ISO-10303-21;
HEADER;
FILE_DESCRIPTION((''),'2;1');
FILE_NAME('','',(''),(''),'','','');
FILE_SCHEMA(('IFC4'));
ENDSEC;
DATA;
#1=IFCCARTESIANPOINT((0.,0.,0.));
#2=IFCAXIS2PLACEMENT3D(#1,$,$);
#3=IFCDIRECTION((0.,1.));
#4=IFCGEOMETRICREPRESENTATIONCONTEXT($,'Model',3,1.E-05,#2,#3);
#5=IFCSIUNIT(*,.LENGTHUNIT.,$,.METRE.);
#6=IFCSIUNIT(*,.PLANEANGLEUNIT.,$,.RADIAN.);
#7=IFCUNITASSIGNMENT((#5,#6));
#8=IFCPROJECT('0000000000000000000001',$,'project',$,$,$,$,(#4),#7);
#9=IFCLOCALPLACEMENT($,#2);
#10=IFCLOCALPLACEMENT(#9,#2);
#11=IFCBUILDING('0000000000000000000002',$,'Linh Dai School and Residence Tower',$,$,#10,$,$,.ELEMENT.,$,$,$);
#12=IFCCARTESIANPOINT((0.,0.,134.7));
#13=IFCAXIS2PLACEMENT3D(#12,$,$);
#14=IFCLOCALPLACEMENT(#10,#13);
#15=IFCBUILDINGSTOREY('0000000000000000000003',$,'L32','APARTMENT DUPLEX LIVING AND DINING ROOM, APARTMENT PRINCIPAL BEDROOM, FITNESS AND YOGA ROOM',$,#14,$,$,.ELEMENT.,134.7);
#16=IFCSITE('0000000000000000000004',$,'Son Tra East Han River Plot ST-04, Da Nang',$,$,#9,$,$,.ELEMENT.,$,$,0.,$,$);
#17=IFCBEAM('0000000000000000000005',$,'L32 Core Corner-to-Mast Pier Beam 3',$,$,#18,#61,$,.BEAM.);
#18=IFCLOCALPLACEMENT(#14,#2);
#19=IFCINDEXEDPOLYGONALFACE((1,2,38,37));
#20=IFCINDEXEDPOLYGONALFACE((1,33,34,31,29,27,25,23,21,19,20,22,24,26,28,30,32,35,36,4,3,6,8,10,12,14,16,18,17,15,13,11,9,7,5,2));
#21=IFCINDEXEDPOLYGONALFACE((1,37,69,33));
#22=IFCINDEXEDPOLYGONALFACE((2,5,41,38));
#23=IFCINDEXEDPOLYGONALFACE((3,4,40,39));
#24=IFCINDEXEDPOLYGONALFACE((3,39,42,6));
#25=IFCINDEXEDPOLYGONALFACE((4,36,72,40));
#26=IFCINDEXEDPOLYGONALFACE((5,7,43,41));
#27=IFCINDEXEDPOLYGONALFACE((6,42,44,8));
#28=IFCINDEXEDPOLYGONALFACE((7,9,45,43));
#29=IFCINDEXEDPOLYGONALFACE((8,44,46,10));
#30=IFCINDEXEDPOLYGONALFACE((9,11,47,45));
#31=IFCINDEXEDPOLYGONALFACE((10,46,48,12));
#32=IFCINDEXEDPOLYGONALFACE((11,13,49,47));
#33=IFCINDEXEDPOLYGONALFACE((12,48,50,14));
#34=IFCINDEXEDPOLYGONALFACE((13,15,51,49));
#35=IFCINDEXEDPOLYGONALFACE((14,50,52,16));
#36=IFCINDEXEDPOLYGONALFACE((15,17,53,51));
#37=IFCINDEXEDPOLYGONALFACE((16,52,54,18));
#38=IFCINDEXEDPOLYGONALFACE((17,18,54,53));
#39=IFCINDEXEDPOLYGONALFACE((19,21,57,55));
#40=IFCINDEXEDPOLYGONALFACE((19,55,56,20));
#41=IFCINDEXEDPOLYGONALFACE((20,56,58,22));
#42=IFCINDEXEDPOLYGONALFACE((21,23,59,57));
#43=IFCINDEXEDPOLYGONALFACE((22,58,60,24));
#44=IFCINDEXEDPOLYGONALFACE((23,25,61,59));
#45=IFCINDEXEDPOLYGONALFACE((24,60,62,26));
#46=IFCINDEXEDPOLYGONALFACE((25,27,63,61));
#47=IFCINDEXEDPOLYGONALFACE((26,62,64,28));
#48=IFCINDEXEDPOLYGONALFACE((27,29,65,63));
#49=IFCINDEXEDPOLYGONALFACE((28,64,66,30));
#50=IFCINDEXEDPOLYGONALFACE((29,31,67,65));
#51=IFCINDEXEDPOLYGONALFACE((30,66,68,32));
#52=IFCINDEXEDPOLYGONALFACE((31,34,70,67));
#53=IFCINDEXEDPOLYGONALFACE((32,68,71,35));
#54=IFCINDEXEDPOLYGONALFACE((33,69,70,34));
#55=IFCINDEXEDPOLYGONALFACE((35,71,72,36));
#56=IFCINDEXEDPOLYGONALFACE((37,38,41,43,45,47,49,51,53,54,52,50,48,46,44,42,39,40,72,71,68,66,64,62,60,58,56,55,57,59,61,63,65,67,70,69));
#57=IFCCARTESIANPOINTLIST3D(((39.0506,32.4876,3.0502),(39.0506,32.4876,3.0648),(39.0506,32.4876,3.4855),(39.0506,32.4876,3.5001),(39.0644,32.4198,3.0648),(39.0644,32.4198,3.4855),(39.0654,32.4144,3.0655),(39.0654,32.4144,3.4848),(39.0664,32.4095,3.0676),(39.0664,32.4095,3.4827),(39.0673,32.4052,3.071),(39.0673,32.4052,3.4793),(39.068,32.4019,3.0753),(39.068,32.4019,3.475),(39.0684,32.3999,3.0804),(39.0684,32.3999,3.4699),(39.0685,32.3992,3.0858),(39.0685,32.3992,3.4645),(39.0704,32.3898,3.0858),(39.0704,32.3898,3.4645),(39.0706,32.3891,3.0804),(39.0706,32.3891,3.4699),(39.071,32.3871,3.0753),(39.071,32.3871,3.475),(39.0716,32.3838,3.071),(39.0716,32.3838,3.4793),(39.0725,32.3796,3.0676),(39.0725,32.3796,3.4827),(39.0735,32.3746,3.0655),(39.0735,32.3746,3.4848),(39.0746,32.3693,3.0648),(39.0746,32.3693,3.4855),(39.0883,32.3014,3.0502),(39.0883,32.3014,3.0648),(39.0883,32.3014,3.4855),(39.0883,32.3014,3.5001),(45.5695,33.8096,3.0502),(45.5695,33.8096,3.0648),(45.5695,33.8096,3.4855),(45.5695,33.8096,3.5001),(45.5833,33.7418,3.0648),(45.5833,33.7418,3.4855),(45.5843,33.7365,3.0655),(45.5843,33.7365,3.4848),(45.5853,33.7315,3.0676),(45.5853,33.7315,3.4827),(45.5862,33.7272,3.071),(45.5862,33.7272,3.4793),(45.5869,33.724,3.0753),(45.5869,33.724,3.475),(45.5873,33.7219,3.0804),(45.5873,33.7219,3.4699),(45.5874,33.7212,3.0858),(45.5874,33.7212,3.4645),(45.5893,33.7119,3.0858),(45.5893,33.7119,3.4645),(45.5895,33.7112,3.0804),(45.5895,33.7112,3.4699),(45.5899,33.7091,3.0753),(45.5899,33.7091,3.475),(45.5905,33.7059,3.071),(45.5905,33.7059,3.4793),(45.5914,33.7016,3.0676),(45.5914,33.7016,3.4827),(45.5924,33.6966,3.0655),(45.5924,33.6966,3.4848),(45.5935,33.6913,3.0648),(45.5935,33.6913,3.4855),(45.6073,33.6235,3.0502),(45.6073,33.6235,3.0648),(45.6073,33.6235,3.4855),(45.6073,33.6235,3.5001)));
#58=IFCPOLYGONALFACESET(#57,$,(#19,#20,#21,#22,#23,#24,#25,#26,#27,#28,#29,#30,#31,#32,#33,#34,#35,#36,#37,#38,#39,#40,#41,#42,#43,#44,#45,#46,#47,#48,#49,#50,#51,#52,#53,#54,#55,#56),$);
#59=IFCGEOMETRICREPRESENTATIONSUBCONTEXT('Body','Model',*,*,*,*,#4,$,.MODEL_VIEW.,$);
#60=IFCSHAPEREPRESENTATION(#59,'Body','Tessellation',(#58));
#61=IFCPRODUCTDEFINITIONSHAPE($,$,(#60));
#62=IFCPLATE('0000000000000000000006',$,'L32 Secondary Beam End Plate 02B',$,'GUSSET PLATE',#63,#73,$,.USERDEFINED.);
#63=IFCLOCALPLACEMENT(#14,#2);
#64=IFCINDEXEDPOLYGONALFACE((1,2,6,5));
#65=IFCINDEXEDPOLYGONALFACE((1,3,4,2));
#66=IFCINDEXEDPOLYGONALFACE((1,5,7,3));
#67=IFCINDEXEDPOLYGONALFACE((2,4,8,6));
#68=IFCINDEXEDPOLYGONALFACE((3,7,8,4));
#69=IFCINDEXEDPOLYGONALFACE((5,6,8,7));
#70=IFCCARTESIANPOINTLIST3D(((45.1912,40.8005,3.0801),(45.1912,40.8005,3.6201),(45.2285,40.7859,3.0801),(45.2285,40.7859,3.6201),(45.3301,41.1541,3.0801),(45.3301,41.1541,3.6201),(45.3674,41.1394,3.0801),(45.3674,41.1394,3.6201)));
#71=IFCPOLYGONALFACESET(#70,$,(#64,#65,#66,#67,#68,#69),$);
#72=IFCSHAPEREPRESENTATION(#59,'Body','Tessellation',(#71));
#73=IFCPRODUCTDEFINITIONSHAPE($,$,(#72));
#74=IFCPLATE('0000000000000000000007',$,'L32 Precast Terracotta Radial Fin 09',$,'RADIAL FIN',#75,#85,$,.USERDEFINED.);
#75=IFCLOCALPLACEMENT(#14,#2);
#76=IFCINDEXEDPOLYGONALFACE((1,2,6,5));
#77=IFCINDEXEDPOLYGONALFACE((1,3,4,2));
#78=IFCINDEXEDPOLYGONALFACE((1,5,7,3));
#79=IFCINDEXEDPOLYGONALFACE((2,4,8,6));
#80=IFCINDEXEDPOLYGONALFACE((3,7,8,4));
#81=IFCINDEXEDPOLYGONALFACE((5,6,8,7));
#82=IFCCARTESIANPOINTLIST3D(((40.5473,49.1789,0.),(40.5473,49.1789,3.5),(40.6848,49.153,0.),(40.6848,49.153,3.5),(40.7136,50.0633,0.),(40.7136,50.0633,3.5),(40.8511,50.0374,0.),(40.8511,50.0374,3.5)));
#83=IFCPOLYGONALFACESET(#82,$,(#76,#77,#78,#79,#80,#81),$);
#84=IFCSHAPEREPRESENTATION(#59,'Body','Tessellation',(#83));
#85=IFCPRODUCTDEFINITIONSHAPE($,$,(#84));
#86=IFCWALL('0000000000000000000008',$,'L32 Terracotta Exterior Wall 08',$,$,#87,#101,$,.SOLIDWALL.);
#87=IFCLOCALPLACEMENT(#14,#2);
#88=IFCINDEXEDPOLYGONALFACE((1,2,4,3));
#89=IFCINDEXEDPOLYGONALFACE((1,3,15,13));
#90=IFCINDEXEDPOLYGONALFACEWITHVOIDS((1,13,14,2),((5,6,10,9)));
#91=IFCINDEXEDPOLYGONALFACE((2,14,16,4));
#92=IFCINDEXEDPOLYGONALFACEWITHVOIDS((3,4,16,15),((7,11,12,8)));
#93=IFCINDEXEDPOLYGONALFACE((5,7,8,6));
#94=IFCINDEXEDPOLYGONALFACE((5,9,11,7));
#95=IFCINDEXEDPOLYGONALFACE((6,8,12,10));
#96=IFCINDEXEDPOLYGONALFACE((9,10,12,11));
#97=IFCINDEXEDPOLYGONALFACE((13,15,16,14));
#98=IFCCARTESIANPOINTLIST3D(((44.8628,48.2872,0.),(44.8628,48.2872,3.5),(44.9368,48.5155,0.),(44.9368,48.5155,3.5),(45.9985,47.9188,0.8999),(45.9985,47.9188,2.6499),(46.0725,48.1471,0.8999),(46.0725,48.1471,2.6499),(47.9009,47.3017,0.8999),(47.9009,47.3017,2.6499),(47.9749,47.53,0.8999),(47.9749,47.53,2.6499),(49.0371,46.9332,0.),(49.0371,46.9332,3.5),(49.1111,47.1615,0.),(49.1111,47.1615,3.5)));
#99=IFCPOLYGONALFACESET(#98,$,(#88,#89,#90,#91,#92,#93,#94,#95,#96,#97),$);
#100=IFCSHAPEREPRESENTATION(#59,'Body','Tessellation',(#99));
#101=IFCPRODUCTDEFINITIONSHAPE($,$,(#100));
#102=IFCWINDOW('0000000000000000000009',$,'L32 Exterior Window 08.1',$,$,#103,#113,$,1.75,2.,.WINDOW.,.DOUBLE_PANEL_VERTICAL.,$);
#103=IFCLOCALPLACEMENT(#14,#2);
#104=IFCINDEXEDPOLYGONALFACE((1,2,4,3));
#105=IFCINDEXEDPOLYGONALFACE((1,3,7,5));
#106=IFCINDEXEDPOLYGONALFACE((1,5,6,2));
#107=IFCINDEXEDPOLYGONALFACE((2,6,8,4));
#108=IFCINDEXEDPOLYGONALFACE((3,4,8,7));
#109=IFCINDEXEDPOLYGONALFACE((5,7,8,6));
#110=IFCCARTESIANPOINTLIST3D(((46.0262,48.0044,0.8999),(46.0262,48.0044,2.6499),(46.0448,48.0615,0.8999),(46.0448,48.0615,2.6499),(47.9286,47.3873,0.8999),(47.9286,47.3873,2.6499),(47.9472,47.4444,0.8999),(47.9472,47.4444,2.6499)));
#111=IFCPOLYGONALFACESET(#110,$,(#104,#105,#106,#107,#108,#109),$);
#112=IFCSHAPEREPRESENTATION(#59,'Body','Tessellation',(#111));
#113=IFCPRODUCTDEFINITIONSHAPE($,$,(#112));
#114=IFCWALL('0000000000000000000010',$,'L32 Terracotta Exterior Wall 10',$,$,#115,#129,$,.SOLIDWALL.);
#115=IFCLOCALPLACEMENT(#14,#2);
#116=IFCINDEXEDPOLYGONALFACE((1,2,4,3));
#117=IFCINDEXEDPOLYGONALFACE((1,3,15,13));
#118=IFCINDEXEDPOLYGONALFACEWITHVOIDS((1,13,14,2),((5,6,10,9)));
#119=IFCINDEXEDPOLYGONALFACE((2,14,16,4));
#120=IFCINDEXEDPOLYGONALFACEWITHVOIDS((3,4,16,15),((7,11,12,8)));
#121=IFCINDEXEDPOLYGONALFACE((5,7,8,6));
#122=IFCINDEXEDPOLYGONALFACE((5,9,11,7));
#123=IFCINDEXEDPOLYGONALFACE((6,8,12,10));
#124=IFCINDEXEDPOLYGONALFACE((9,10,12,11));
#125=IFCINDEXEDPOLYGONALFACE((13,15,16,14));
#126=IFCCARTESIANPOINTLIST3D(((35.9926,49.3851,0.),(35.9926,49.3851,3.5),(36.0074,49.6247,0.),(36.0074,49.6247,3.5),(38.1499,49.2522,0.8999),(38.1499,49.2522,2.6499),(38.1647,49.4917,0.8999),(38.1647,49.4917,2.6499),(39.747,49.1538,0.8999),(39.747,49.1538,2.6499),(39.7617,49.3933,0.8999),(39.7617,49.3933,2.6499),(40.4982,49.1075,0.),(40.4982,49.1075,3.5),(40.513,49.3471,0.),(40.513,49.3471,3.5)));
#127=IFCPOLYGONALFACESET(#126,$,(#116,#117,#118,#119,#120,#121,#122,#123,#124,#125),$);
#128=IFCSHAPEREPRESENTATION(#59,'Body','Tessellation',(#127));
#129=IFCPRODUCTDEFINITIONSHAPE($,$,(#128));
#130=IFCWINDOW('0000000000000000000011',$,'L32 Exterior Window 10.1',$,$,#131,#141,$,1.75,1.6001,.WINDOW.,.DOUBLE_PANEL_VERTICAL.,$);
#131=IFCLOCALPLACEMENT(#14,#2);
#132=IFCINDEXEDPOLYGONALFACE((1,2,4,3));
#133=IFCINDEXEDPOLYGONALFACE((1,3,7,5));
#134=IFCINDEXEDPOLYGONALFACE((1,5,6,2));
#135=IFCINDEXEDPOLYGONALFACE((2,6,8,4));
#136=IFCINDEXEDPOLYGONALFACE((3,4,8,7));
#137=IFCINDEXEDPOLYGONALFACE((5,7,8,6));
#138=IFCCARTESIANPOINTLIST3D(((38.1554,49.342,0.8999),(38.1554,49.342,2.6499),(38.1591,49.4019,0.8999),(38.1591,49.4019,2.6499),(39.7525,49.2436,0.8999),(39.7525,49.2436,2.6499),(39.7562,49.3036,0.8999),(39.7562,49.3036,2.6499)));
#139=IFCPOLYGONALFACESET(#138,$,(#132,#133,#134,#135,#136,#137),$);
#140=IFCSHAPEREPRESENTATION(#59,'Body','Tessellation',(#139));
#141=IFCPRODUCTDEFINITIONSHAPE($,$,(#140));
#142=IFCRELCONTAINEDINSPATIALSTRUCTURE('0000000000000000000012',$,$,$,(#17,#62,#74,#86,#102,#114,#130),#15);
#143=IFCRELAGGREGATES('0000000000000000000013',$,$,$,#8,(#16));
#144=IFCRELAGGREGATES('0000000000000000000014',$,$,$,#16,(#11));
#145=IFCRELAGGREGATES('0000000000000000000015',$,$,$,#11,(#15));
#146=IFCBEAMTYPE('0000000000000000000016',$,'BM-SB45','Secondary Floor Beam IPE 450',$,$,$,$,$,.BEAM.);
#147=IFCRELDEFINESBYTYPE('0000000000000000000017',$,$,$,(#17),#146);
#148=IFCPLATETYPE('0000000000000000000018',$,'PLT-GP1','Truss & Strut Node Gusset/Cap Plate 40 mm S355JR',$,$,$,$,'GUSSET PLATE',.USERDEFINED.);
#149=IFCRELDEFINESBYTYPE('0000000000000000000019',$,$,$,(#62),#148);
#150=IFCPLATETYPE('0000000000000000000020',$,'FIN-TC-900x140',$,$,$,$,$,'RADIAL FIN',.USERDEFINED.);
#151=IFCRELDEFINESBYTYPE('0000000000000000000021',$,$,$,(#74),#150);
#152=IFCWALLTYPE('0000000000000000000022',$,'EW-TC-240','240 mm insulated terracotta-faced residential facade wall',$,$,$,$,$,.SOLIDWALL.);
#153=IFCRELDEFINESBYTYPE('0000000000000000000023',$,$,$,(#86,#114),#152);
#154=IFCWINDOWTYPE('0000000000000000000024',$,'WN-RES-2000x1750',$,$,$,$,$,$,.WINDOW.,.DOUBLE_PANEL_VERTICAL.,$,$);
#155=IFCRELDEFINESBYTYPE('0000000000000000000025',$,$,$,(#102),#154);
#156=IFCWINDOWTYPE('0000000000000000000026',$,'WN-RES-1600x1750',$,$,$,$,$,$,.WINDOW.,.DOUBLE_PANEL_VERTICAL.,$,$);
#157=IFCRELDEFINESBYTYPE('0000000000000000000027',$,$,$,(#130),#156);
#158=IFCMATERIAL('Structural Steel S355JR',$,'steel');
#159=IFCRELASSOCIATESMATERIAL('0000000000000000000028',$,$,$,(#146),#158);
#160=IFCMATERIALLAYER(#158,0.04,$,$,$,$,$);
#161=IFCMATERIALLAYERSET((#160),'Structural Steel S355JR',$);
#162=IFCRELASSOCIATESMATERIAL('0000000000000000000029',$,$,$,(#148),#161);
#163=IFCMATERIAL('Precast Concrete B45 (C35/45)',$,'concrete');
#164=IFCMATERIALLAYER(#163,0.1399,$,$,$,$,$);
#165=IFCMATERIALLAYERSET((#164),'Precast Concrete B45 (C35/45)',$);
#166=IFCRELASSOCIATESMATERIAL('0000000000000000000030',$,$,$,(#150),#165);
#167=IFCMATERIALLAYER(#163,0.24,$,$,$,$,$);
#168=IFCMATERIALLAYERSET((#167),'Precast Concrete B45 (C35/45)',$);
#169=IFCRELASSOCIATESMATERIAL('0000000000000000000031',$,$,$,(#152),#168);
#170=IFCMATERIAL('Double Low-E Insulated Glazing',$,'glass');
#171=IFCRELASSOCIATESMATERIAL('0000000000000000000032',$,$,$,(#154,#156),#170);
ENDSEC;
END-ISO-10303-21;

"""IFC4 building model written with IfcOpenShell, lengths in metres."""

from ifc_helpers import new_model, si_unit, direction, frame, frame_2d, origin, origin_2d, place, context, subcontext, project, spatial, rectangle, i_section, extrude, source, transform, mapped, material, layer, layer_set, material_profile, profile_set, type_object, element, fill, save


model = new_model("IFC4")

# Units and contexts
model_context = context("Model", 3, precision=1e-05, world=origin(), true_north=direction((0.0, 1.0)))
body_context = subcontext(model_context, "Body", "Model", "MODEL_VIEW")
ifc_project = project(units=[si_unit("LENGTHUNIT", "METRE"), si_unit("PLANEANGLEUNIT", "RADIAN")], contexts=[model_context])

# Site, building, storey
site_placement = place(None, origin())
site = spatial("IfcSite", under=ifc_project, at=site_placement, Name="Son Tra East Han River Plot ST-04, Da Nang", CompositionType="ELEMENT", RefElevation=0.0)
building_placement = place(site_placement, origin())
building = spatial("IfcBuilding", under=site, at=building_placement, Name="Linh Dai School and Residence Tower", CompositionType="ELEMENT")
storey_placement = place(building_placement, frame((0.0, 0.0, 134.7)))
storey = spatial("IfcBuildingStorey", under=building, at=storey_placement, Name="L32", Description="APARTMENT DUPLEX LIVING AND DINING ROOM, APARTMENT PRINCIPAL BEDROOM, FITNESS AND YOGA ROOM", CompositionType="ELEMENT", Elevation=134.7)

# Beam
ifc_material_1 = material(Name="Structural Steel S355JR", Category="steel")
ifc_material_profile_1 = material_profile(ifc_material_1, i_section(OverallWidth=0.1899, OverallDepth=0.45, WebThickness=0.0095, FlangeThickness=0.0146, FilletRadius=0.021, at=origin_2d()), Name="IPE 450")
ifc_profile_set_1 = profile_set([ifc_material_profile_1], Name="Structural Steel S355JR")
beam_type_1 = type_object("IfcBeamType", Name="BM-SB45", Description="Secondary Floor Beam IPE 450", PredefinedType="BEAM", material=ifc_profile_set_1)
beam_1_placement = place(storey_placement, frame((45.5884, 33.7166, 3.2751), z_axis=(-0.980049, -0.198755, 0.0), x_axis=(0.198755, -0.980049, 0.0)))
element("IfcBeam", 1, at=beam_1_placement, inside=storey, type_object=beam_type_1, Name="L32 Core Corner-to-Mast Pier Beam 3", PredefinedType="BEAM", context=body_context, shape_type="SweptSolid", body=[
    extrude(i_section(OverallWidth=0.1899, OverallDepth=0.45, WebThickness=0.0095, FlangeThickness=0.0146, FilletRadius=0.021, at=origin_2d()), origin(), (0.0, 0.0, 1.0), 6.6516),
])

# Plates
ifc_layer_1 = layer(ifc_material_1, 0.04)
ifc_layer_set_1 = layer_set([ifc_layer_1], Name="Structural Steel S355JR")
plate_type_1 = type_object("IfcPlateType", Name="PLT-GP1", Description="Truss & Strut Node Gusset/Cap Plate 40 mm S355JR", ElementType="GUSSET PLATE", PredefinedType="USERDEFINED", material=ifc_layer_set_1)
shared_shape_1 = source(origin(), body_context, "Body", "SweptSolid", [
    extrude(rectangle(XDim=0.04, YDim=0.3799, at=origin_2d()), origin(), (0.0, 0.0, 1.0), 0.54),
])
plate_1_placement = place(storey_placement, frame((45.2793, 40.97, 3.0801), z_axis=(0.0, 0.0, 1.0), x_axis=(-0.930752, 0.36565, 0.0)))
element("IfcPlate", 2, at=plate_1_placement, inside=storey, type_object=plate_type_1, Name="L32 Secondary Beam End Plate 02B", ObjectType="GUSSET PLATE", PredefinedType="USERDEFINED", context=body_context, shape_type="MappedRepresentation", body=[
    mapped(shared_shape_1, transform((0.0, 0.0, 0.0), x_axis=(1.0, 0.0, 0.0), y_axis=(0.0, 1.0, 0.0), z_axis=(0.0, 0.0, 1.0), scale=1.0)),
])
ifc_material_2 = material(Name="Precast Concrete B45 (C35/45)", Category="concrete")
ifc_layer_2 = layer(ifc_material_2, 0.1399)
ifc_layer_set_2 = layer_set([ifc_layer_2], Name="Precast Concrete B45 (C35/45)")
plate_type_2 = type_object("IfcPlateType", Name="FIN-TC-900x140", ElementType="RADIAL FIN", PredefinedType="USERDEFINED", material=ifc_layer_set_2)
shared_shape_2 = source(origin(), body_context, "Body", "SweptSolid", [
    extrude(rectangle(XDim=0.8999, YDim=0.1399, at=origin_2d()), origin(), (0.0, 0.0, 1.0), 3.5),
])
plate_2_placement = place(storey_placement, frame((40.6992, 49.6082, 0.0), z_axis=(0.0, 0.0, 1.0), x_axis=(0.184755, 0.982785, 0.0)))
element("IfcPlate", 3, at=plate_2_placement, inside=storey, type_object=plate_type_2, Name="L32 Precast Terracotta Radial Fin 09", ObjectType="RADIAL FIN", PredefinedType="USERDEFINED", context=body_context, shape_type="MappedRepresentation", body=[
    mapped(shared_shape_2, transform((0.0, 0.0, 0.0), x_axis=(1.0, 0.0, 0.0), y_axis=(0.0, 1.0, 0.0), z_axis=(0.0, 0.0, 1.0), scale=1.0)),
])

# Wall, opening, window
ifc_layer_3 = layer(ifc_material_2, 0.24)
ifc_layer_set_3 = layer_set([ifc_layer_3], Name="Precast Concrete B45 (C35/45)")
wall_type_1 = type_object("IfcWallType", Name="EW-TC-240", Description="240 mm insulated terracotta-faced residential facade wall", PredefinedType="SOLIDWALL", material=ifc_layer_set_3)
wall_1_placement = place(storey_placement, frame((44.8997, 48.4014, 0.0), z_axis=(0.0, 0.0, 1.0), x_axis=(0.951211, -0.30854, 0.0)))
wall_1 = element("IfcWall", 4, at=wall_1_placement, inside=storey, type_object=wall_type_1, Name="L32 Terracotta Exterior Wall 08", PredefinedType="SOLIDWALL", context=body_context, shape_type="SweptSolid", body=[
    extrude(rectangle(XDim=4.3884, YDim=0.24, at=frame_2d((2.1943, 0.0))), origin(), (0.0, 0.0, 1.0), 3.5),
])
opening_1_placement = place(wall_1_placement, frame((1.1941, 0.0, 0.8999)))
opening_1 = element("IfcOpeningElement", 5, at=opening_1_placement, cuts=wall_1, PredefinedType="OPENING", context=body_context, shape_type="SweptSolid", body=[
    extrude(rectangle(XDim=2.0, YDim=1.75, at=origin_2d()), frame((1.0, 0.1299, 0.875), z_axis=(0.0, -1.0, 0.0), x_axis=(1.0, 0.0, 0.0)), (0.0, 0.0, 1.0), 0.26),
])
ifc_material_3 = material(Name="Double Low-E Insulated Glazing", Category="glass")
window_type_1 = type_object("IfcWindowType", Name="WN-RES-2000x1750", PartitioningType="DOUBLE_PANEL_VERTICAL", PredefinedType="WINDOW", material=ifc_material_3)
shared_shape_3 = source(origin(), body_context, "Body", "SweptSolid", [
    extrude(rectangle(XDim=2.0, YDim=1.75, at=origin_2d()), frame((1.0, 0.03, 0.875), z_axis=(0.0, -1.0, 0.0), x_axis=(1.0, 0.0, 0.0)), (0.0, 0.0, 1.0), 0.0601),
])
window_1_placement = place(opening_1_placement, origin())
window_1 = element("IfcWindow", 6, at=window_1_placement, inside=storey, type_object=window_type_1, Name="L32 Exterior Window 08.1", OverallHeight=1.75, OverallWidth=2.0, PartitioningType="DOUBLE_PANEL_VERTICAL", PredefinedType="WINDOW", context=body_context, shape_type="MappedRepresentation", body=[
    mapped(shared_shape_3, transform((0.0, 0.0, 0.0), x_axis=(1.0, 0.0, 0.0), y_axis=(0.0, 1.0, 0.0), z_axis=(0.0, 0.0, 1.0), scale=1.0)),
])
fill(opening_1, window_1)

# Wall, opening, window
wall_2_placement = place(storey_placement, frame((36.0, 49.5049, 0.0), z_axis=(0.0, 0.0, 1.0), x_axis=(0.998108, -0.061493, 0.0)))
wall_2 = element("IfcWall", 7, at=wall_2_placement, inside=storey, type_object=wall_type_1, Name="L32 Terracotta Exterior Wall 10", PredefinedType="SOLIDWALL", context=body_context, shape_type="SweptSolid", body=[
    extrude(rectangle(XDim=4.5142, YDim=0.24, at=frame_2d((2.2571, 0.0))), origin(), (0.0, 0.0, 1.0), 3.5),
])
opening_2_placement = place(wall_2_placement, frame((2.1614, 0.0, 0.8999)))
opening_2 = element("IfcOpeningElement", 8, at=opening_2_placement, cuts=wall_2, PredefinedType="OPENING", context=body_context, shape_type="SweptSolid", body=[
    extrude(rectangle(XDim=1.6001, YDim=1.75, at=origin_2d()), frame((0.8, 0.1299, 0.875), z_axis=(0.0, -1.0, 0.0), x_axis=(1.0, 0.0, 0.0)), (0.0, 0.0, 1.0), 0.26),
])
window_type_2 = type_object("IfcWindowType", Name="WN-RES-1600x1750", PartitioningType="DOUBLE_PANEL_VERTICAL", PredefinedType="WINDOW", material=ifc_material_3)
shared_shape_4 = source(origin(), body_context, "Body", "SweptSolid", [
    extrude(rectangle(XDim=1.6001, YDim=1.75, at=origin_2d()), frame((0.8, 0.03, 0.875), z_axis=(0.0, -1.0, 0.0), x_axis=(1.0, 0.0, 0.0)), (0.0, 0.0, 1.0), 0.0601),
])
window_2_placement = place(opening_2_placement, origin())
window_2 = element("IfcWindow", 9, at=window_2_placement, inside=storey, type_object=window_type_2, Name="L32 Exterior Window 10.1", OverallHeight=1.75, OverallWidth=1.6001, PartitioningType="DOUBLE_PANEL_VERTICAL", PredefinedType="WINDOW", context=body_context, shape_type="MappedRepresentation", body=[
    mapped(shared_shape_4, transform((0.0, 0.0, 0.0), x_axis=(1.0, 0.0, 0.0), y_axis=(0.0, 1.0, 0.0), z_axis=(0.0, 0.0, 1.0), scale=1.0)),
])
fill(opening_2, window_2)

save(model, "model.ifc")
